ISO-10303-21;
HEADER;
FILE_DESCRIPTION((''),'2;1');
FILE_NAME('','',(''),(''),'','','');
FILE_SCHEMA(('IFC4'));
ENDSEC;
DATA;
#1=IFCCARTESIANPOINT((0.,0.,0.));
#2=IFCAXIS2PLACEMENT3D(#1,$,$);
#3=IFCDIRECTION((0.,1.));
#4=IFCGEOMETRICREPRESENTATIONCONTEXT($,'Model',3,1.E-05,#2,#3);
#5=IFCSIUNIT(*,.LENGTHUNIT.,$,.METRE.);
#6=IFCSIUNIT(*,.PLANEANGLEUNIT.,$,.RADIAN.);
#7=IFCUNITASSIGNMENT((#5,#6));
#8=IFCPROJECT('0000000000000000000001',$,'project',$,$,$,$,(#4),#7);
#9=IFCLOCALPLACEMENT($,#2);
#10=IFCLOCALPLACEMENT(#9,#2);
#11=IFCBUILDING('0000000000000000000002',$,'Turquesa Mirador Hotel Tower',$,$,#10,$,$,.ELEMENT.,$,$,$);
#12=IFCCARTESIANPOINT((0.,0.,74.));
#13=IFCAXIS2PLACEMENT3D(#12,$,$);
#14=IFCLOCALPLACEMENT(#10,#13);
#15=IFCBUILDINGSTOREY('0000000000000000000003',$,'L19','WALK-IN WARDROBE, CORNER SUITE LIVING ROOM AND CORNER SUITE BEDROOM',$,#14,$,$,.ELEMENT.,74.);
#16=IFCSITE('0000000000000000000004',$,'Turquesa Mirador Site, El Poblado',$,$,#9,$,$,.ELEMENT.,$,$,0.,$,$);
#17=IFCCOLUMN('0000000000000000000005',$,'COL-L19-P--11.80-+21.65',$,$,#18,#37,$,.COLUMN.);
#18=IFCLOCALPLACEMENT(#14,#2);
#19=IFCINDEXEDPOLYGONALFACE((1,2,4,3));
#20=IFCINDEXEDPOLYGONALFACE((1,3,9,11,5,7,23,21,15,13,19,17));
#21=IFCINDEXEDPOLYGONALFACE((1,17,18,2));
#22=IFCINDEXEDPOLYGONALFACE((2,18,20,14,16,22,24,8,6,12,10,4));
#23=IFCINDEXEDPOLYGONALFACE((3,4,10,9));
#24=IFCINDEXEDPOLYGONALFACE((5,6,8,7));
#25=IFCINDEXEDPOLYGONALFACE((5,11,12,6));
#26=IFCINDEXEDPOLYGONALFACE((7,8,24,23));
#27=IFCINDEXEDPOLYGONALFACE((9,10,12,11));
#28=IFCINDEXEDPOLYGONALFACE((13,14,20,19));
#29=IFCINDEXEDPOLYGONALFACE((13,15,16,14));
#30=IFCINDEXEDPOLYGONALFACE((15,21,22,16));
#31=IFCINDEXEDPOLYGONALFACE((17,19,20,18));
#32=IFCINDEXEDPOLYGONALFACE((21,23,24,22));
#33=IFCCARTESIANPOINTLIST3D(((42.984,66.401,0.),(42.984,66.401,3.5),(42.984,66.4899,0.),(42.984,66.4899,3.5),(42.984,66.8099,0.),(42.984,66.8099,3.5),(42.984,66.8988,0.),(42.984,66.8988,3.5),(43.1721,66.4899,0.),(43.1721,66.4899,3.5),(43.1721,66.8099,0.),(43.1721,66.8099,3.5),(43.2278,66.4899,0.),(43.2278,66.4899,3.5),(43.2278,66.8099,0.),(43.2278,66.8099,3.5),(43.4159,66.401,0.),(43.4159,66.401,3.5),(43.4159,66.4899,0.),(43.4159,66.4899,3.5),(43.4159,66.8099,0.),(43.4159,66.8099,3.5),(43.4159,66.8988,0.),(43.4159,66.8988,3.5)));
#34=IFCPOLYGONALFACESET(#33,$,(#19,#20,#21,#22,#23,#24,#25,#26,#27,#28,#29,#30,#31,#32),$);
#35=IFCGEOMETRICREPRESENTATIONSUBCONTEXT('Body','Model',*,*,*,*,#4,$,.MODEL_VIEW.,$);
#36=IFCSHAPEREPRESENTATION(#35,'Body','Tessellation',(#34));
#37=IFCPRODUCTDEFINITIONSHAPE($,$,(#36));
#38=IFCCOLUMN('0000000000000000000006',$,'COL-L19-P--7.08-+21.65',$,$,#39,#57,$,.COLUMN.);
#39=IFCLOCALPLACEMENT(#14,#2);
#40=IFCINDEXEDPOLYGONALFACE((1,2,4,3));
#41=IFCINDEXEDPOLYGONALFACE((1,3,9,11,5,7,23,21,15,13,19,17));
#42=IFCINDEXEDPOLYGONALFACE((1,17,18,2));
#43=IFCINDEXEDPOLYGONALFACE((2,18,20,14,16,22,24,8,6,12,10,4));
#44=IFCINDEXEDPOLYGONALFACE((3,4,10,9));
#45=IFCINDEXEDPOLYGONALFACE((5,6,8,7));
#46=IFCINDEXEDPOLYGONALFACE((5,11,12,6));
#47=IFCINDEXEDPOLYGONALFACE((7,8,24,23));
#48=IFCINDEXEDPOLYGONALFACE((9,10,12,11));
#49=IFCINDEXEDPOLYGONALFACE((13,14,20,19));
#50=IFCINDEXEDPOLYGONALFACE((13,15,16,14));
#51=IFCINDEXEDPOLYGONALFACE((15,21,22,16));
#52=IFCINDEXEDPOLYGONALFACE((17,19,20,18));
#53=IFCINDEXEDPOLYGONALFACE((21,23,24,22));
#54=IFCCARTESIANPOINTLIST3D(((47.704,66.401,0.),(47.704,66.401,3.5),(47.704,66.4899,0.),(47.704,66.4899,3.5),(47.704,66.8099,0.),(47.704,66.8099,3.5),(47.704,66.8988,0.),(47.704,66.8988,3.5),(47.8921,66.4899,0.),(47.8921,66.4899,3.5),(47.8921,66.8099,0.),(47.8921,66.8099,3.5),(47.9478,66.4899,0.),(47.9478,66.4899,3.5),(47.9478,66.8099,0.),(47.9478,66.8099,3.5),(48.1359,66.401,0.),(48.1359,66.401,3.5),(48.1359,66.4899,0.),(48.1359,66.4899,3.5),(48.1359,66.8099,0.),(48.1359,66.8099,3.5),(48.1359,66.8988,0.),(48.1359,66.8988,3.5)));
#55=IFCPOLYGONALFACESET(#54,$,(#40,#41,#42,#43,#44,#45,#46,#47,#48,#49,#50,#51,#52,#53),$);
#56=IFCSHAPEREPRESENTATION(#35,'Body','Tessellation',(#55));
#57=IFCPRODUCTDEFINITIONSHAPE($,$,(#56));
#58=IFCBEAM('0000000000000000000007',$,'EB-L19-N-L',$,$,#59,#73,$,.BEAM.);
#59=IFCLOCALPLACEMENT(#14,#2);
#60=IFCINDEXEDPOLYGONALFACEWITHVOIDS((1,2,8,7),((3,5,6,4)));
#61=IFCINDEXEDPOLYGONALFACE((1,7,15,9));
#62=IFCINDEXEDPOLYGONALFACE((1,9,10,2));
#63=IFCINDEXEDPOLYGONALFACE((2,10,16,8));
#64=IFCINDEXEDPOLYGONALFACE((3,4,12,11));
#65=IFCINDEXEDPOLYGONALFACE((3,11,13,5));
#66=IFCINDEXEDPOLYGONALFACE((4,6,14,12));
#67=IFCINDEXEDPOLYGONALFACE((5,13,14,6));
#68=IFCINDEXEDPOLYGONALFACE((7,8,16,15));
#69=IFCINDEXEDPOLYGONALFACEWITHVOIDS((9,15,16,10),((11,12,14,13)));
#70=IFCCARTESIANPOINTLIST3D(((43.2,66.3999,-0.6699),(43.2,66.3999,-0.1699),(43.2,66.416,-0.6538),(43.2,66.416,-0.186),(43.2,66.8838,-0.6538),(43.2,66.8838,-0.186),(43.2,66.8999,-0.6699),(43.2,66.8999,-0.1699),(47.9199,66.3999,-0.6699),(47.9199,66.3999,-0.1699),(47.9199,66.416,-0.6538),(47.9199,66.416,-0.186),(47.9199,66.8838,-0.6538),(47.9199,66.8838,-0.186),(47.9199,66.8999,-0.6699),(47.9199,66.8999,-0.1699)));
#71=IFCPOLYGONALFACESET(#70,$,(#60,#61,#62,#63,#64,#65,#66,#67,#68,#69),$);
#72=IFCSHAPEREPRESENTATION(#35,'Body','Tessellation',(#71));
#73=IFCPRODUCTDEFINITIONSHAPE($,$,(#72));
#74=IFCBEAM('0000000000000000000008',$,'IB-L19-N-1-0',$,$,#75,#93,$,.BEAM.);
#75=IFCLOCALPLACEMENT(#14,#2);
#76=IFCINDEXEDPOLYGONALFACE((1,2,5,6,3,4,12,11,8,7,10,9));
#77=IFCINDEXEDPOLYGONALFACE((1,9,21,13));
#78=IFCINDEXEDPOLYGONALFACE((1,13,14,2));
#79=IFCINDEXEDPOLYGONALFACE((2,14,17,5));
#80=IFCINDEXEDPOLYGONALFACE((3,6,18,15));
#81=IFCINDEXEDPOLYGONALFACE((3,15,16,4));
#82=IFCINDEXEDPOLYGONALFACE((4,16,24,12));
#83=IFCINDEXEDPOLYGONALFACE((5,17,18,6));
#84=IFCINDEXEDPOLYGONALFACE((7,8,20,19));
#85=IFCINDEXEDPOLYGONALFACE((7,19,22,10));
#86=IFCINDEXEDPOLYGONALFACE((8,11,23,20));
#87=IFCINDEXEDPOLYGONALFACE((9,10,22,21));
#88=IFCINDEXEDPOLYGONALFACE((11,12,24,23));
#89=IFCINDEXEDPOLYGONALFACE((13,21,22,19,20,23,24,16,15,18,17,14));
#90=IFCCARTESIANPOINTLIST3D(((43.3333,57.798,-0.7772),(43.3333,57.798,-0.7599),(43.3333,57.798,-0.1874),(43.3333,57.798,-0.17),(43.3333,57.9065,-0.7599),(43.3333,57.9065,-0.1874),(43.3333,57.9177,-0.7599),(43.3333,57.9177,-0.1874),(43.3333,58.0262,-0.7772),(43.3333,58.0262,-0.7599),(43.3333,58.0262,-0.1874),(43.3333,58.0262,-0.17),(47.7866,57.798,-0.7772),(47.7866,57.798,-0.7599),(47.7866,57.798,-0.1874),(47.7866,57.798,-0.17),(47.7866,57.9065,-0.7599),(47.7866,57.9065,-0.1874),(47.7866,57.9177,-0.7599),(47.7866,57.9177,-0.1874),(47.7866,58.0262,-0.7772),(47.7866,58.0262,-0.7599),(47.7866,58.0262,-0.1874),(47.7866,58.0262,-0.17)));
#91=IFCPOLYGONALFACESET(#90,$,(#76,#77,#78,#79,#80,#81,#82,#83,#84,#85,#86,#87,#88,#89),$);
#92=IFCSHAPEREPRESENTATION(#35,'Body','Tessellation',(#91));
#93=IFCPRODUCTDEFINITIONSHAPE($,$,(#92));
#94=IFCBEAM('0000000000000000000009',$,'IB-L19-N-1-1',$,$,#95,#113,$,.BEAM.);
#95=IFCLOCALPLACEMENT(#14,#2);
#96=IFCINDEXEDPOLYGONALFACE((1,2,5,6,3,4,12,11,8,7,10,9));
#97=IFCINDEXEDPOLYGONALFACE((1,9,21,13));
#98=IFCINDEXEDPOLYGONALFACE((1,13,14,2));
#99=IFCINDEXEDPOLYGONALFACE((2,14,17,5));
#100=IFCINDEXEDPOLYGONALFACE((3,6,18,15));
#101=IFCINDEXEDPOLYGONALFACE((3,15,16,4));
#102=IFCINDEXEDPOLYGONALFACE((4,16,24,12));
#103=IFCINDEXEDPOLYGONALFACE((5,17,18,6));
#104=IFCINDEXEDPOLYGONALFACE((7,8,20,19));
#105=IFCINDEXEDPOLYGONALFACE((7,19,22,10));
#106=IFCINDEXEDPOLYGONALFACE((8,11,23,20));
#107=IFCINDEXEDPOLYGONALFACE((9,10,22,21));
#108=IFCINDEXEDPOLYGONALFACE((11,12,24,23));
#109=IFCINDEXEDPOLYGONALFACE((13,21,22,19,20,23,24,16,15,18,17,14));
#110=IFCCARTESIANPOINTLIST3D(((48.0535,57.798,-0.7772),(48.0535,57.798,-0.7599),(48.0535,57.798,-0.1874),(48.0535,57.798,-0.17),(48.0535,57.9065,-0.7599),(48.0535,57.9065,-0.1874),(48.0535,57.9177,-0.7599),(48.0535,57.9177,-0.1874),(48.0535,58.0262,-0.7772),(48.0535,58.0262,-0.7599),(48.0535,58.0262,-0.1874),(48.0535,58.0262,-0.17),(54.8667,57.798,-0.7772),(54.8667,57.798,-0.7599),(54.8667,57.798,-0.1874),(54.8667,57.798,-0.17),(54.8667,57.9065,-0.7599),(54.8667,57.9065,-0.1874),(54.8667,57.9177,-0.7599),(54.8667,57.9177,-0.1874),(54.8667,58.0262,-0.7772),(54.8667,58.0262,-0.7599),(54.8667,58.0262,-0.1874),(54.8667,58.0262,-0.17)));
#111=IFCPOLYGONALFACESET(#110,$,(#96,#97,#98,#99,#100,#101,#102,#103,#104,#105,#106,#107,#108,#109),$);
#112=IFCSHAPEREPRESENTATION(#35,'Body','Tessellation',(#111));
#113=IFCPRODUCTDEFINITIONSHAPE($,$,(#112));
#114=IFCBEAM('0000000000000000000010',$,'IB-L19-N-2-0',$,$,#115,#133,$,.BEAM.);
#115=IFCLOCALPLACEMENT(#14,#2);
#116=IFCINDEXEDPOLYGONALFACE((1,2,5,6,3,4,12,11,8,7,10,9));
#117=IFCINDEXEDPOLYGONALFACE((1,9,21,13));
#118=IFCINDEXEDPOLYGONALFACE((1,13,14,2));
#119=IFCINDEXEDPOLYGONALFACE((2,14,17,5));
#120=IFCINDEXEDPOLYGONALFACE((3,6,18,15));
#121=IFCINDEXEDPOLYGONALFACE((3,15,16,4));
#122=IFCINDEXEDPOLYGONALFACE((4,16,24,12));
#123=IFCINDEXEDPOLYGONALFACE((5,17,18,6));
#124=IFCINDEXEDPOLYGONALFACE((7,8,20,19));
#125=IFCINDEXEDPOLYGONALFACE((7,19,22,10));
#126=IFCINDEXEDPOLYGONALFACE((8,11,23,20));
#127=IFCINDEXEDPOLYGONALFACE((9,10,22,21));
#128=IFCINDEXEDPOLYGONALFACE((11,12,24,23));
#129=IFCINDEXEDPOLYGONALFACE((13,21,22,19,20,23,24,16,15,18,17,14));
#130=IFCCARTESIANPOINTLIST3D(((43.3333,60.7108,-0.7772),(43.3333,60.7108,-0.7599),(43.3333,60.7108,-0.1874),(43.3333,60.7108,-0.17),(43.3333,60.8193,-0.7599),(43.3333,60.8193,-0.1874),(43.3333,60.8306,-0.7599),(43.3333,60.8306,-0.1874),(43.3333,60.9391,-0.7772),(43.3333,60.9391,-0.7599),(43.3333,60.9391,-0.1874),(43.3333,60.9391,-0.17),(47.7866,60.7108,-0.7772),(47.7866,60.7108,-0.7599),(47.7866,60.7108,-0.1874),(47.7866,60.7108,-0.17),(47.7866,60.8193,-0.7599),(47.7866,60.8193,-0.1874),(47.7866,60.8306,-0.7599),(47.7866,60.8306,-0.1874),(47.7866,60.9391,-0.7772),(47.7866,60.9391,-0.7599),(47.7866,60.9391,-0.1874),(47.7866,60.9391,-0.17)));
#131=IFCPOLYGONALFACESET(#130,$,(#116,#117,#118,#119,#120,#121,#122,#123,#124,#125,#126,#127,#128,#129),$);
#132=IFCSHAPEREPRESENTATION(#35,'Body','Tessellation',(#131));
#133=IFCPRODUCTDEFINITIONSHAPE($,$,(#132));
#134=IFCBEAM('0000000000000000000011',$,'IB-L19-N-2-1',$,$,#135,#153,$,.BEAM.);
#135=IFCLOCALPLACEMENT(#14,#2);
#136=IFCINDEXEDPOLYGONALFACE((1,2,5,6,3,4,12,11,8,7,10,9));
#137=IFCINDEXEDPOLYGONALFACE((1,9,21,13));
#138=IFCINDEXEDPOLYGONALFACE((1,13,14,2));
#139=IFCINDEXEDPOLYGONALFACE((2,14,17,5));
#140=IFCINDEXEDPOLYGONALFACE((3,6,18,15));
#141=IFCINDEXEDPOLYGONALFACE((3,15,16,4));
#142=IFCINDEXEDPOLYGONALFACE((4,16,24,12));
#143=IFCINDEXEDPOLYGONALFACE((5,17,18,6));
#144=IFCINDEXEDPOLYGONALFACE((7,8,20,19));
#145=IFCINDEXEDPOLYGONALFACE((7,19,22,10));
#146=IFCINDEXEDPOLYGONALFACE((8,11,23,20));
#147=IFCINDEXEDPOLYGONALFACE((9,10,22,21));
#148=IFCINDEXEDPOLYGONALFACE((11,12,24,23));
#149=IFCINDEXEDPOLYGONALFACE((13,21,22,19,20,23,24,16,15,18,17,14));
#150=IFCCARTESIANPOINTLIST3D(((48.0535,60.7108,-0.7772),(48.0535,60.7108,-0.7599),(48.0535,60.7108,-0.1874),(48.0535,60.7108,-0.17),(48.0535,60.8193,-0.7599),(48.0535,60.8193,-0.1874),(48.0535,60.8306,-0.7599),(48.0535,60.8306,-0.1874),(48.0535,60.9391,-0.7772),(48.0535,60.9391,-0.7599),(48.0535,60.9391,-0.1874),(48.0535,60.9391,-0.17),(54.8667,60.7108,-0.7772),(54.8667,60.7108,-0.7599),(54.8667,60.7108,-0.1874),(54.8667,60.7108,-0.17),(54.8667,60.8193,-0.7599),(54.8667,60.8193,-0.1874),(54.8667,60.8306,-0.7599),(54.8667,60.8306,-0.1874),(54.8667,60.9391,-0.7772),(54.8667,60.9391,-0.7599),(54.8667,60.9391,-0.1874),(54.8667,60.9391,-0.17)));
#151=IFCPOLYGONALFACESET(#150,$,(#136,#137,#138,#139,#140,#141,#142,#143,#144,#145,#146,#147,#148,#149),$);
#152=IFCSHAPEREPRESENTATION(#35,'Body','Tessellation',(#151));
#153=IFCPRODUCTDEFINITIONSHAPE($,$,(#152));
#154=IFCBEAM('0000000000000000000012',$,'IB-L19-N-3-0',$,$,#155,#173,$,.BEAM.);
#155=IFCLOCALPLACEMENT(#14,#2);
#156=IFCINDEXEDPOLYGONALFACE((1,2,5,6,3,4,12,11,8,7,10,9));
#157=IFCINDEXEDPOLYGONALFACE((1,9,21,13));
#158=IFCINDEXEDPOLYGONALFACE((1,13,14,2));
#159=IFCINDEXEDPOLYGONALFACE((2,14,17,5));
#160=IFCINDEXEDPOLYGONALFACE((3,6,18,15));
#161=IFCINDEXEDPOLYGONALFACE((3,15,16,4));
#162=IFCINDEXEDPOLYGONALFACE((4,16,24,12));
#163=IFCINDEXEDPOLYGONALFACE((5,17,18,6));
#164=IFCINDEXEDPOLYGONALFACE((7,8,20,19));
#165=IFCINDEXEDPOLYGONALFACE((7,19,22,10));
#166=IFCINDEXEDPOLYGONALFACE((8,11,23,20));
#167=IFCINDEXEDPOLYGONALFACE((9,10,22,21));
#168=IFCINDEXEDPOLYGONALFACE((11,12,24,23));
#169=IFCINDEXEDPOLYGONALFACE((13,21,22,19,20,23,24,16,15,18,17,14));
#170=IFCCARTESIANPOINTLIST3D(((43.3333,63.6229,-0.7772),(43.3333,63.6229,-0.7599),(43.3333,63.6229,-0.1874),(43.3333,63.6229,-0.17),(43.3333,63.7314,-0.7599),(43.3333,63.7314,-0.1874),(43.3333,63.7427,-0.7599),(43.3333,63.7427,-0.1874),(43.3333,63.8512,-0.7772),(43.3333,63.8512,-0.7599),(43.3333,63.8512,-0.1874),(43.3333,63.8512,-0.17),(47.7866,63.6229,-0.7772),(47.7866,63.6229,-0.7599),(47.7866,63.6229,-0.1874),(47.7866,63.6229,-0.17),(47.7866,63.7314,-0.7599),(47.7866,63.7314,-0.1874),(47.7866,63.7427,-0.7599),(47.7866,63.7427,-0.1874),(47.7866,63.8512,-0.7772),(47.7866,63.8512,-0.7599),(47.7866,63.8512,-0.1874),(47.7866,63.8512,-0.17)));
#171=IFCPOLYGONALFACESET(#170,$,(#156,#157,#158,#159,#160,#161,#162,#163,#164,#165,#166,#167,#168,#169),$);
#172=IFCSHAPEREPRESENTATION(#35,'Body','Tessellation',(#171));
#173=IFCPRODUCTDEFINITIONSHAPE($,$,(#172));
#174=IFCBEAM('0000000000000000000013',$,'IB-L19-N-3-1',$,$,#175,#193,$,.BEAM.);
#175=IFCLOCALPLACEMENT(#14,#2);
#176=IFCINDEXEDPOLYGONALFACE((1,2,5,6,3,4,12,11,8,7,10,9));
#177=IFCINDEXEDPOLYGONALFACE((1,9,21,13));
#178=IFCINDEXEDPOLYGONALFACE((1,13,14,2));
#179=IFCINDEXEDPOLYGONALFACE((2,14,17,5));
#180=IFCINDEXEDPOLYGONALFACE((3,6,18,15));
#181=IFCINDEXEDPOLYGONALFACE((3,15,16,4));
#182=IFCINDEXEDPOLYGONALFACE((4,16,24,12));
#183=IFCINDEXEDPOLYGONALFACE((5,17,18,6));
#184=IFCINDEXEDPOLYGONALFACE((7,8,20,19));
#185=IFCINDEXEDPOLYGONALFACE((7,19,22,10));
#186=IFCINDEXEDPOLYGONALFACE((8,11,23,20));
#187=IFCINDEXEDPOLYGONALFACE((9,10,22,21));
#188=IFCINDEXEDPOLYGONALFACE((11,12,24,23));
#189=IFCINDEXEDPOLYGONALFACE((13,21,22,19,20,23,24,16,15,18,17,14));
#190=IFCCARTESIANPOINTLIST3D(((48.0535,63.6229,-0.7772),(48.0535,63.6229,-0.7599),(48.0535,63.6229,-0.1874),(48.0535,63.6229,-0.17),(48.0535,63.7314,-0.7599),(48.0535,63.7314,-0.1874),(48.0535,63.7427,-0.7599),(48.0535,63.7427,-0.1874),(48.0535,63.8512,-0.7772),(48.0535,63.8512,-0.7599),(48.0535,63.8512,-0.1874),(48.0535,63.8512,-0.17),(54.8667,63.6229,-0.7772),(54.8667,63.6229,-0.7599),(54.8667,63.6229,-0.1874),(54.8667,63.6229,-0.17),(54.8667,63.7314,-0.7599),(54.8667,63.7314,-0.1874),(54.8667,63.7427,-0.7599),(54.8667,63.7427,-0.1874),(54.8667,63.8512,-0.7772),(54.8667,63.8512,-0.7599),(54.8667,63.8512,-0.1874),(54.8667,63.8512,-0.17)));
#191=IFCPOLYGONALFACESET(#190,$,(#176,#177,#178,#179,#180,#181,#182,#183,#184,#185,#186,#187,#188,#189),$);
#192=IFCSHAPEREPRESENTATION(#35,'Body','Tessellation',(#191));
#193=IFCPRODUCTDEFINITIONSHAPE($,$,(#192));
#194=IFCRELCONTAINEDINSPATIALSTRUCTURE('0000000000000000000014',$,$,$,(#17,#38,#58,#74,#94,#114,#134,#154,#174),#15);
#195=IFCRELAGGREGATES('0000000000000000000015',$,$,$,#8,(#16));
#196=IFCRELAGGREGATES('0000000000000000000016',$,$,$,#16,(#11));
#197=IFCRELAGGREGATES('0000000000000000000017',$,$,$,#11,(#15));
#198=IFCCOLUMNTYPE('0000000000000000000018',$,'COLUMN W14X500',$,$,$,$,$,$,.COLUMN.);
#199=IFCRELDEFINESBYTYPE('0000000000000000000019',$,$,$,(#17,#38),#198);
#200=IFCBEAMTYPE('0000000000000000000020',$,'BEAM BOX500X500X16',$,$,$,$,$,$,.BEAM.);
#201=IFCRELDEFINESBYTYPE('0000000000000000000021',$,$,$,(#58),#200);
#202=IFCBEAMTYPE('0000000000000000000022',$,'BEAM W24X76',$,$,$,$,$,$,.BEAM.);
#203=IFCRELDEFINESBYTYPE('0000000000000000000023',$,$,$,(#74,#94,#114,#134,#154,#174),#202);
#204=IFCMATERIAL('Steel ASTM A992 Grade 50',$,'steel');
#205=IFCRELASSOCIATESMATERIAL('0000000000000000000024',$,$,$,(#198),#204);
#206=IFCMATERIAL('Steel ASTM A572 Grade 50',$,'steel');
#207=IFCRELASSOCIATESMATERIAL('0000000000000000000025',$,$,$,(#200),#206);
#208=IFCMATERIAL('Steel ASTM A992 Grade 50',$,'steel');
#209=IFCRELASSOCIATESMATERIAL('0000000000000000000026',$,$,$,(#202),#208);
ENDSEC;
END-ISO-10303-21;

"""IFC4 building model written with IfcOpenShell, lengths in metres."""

from ifc_helpers import new_model, si_unit, direction, frame, origin, origin_2d, place, context, subcontext, project, spatial, hollow_rectangle, i_section, extrude, material, material_profile, profile_set, type_object, element, save


model = new_model("IFC4")

# Units and contexts
model_context = context("Model", 3, precision=1e-05, world=origin(), true_north=direction((0.0, 1.0)))
body_context = subcontext(model_context, "Body", "Model", "MODEL_VIEW")
ifc_project = project(units=[si_unit("LENGTHUNIT", "METRE"), si_unit("PLANEANGLEUNIT", "RADIAN")], contexts=[model_context])

# Site, building, storey
site_placement = place(None, origin())
site = spatial("IfcSite", under=ifc_project, at=site_placement, Name="Turquesa Mirador Site, El Poblado", CompositionType="ELEMENT", RefElevation=0.0)
building_placement = place(site_placement, origin())
building = spatial("IfcBuilding", under=site, at=building_placement, Name="Turquesa Mirador Hotel Tower", CompositionType="ELEMENT")
storey_placement = place(building_placement, frame((0.0, 0.0, 74.0)))
storey = spatial("IfcBuildingStorey", under=building, at=storey_placement, Name="L19", Description="WALK-IN WARDROBE, CORNER SUITE LIVING ROOM AND CORNER SUITE BEDROOM", CompositionType="ELEMENT", Elevation=74.0)

# Columns
ifc_material_1 = material(Name="Steel ASTM A992 Grade 50", Category="steel")
ifc_material_profile_1 = material_profile(ifc_material_1, i_section(OverallWidth=0.4319, OverallDepth=0.4978, WebThickness=0.0557, FlangeThickness=0.0889, at=origin_2d()), Name="W14X500")
ifc_profile_set_1 = profile_set([ifc_material_profile_1], Name="Steel ASTM A992 Grade 50")
column_type = type_object("IfcColumnType", Name="COLUMN W14X500", PredefinedType="COLUMN", material=ifc_profile_set_1)
for number, where, z_axis, x_axis, name in (
    (1, (43.2, 66.6499, 0.0), (0.0, 0.0, 1.0), (1.0, 0.0, 0.0), "COL-L19-P--11.80-+21.65"),
    (2, (47.9199, 66.6499, 0.0), (0.0, 0.0, 1.0), (1.0, 0.0, 0.0), "COL-L19-P--7.08-+21.65"),
):
    element("IfcColumn", number, at=place(storey_placement, frame(where, z_axis=z_axis, x_axis=x_axis)), inside=storey, type_object=column_type, Name=name, PredefinedType="COLUMN", context=body_context, shape_type="SweptSolid", body=[
        extrude(i_section(OverallWidth=0.4319, OverallDepth=0.4978, WebThickness=0.0557, FlangeThickness=0.0889, at=origin_2d()), origin(), (0.0, 0.0, 1.0), 3.5),
    ])

# Beams
ifc_material_2 = material(Name="Steel ASTM A572 Grade 50", Category="steel")
ifc_material_profile_2 = material_profile(ifc_material_2, hollow_rectangle(XDim=0.5, YDim=0.5, WallThickness=0.0161, at=origin_2d()), Name="BOX500X500X16")
ifc_profile_set_2 = profile_set([ifc_material_profile_2], Name="Steel ASTM A572 Grade 50")
beam_type_1 = type_object("IfcBeamType", Name="BEAM BOX500X500X16", PredefinedType="BEAM", material=ifc_profile_set_2)
beam_1_placement = place(storey_placement, frame((43.2, 66.6499, -0.4199), z_axis=(1.0, 0.0, 0.0), x_axis=(0.0, 1.0, 0.0)))
element("IfcBeam", 3, at=beam_1_placement, inside=storey, type_object=beam_type_1, Name="EB-L19-N-L", PredefinedType="BEAM", context=body_context, shape_type="SweptSolid", body=[
    extrude(hollow_rectangle(XDim=0.5, YDim=0.5, WallThickness=0.0161, at=origin_2d()), origin(), (0.0, 0.0, 1.0), 4.72),
])
ifc_material_3 = material(Name="Steel ASTM A992 Grade 50", Category="steel")
ifc_material_profile_3 = material_profile(ifc_material_3, i_section(OverallWidth=0.2283, OverallDepth=0.6072, WebThickness=0.0112, FlangeThickness=0.0173, at=origin_2d()), Name="W24X76")
ifc_profile_set_3 = profile_set([ifc_material_profile_3], Name="Steel ASTM A992 Grade 50")
beam_type_2 = type_object("IfcBeamType", Name="BEAM W24X76", PredefinedType="BEAM", material=ifc_profile_set_3)
beam_2_placement = place(storey_placement, frame((43.3333, 57.9121, -0.4736), z_axis=(1.0, 0.0, 0.0), x_axis=(0.0, 1.0, 0.0)))
element("IfcBeam", 4, at=beam_2_placement, inside=storey, type_object=beam_type_2, Name="IB-L19-N-1-0", PredefinedType="BEAM", context=body_context, shape_type="SweptSolid", body=[
    extrude(i_section(OverallWidth=0.2283, OverallDepth=0.6072, WebThickness=0.0112, FlangeThickness=0.0173, at=origin_2d()), origin(), (0.0, 0.0, 1.0), 4.4534),
])
beam_3_placement = place(storey_placement, frame((48.0535, 57.9121, -0.4736), z_axis=(1.0, 0.0, 0.0), x_axis=(0.0, 1.0, 0.0)))
element("IfcBeam", 5, at=beam_3_placement, inside=storey, type_object=beam_type_2, Name="IB-L19-N-1-1", PredefinedType="BEAM", context=body_context, shape_type="SweptSolid", body=[
    extrude(i_section(OverallWidth=0.2283, OverallDepth=0.6072, WebThickness=0.0112, FlangeThickness=0.0173, at=origin_2d()), origin(), (0.0, 0.0, 1.0), 6.8132),
])
beam_4_placement = place(storey_placement, frame((43.3333, 60.825, -0.4736), z_axis=(1.0, 0.0, 0.0), x_axis=(0.0, 1.0, 0.0)))
element("IfcBeam", 6, at=beam_4_placement, inside=storey, type_object=beam_type_2, Name="IB-L19-N-2-0", PredefinedType="BEAM", context=body_context, shape_type="SweptSolid", body=[
    extrude(i_section(OverallWidth=0.2283, OverallDepth=0.6072, WebThickness=0.0112, FlangeThickness=0.0173, at=origin_2d()), origin(), (0.0, 0.0, 1.0), 4.4534),
])
beam_5_placement = place(storey_placement, frame((48.0535, 60.825, -0.4736), z_axis=(1.0, 0.0, 0.0), x_axis=(0.0, 1.0, 0.0)))
element("IfcBeam", 7, at=beam_5_placement, inside=storey, type_object=beam_type_2, Name="IB-L19-N-2-1", PredefinedType="BEAM", context=body_context, shape_type="SweptSolid", body=[
    extrude(i_section(OverallWidth=0.2283, OverallDepth=0.6072, WebThickness=0.0112, FlangeThickness=0.0173, at=origin_2d()), origin(), (0.0, 0.0, 1.0), 6.8132),
])
beam_6_placement = place(storey_placement, frame((43.3333, 63.7371, -0.4736), z_axis=(1.0, 0.0, 0.0), x_axis=(0.0, 1.0, 0.0)))
element("IfcBeam", 8, at=beam_6_placement, inside=storey, type_object=beam_type_2, Name="IB-L19-N-3-0", PredefinedType="BEAM", context=body_context, shape_type="SweptSolid", body=[
    extrude(i_section(OverallWidth=0.2283, OverallDepth=0.6072, WebThickness=0.0112, FlangeThickness=0.0173, at=origin_2d()), origin(), (0.0, 0.0, 1.0), 4.4534),
])
beam_7_placement = place(storey_placement, frame((48.0535, 63.7371, -0.4736), z_axis=(1.0, 0.0, 0.0), x_axis=(0.0, 1.0, 0.0)))
element("IfcBeam", 9, at=beam_7_placement, inside=storey, type_object=beam_type_2, Name="IB-L19-N-3-1", PredefinedType="BEAM", context=body_context, shape_type="SweptSolid", body=[
    extrude(i_section(OverallWidth=0.2283, OverallDepth=0.6072, WebThickness=0.0112, FlangeThickness=0.0173, at=origin_2d()), origin(), (0.0, 0.0, 1.0), 6.8132),
])

save(model, "model.ifc")
